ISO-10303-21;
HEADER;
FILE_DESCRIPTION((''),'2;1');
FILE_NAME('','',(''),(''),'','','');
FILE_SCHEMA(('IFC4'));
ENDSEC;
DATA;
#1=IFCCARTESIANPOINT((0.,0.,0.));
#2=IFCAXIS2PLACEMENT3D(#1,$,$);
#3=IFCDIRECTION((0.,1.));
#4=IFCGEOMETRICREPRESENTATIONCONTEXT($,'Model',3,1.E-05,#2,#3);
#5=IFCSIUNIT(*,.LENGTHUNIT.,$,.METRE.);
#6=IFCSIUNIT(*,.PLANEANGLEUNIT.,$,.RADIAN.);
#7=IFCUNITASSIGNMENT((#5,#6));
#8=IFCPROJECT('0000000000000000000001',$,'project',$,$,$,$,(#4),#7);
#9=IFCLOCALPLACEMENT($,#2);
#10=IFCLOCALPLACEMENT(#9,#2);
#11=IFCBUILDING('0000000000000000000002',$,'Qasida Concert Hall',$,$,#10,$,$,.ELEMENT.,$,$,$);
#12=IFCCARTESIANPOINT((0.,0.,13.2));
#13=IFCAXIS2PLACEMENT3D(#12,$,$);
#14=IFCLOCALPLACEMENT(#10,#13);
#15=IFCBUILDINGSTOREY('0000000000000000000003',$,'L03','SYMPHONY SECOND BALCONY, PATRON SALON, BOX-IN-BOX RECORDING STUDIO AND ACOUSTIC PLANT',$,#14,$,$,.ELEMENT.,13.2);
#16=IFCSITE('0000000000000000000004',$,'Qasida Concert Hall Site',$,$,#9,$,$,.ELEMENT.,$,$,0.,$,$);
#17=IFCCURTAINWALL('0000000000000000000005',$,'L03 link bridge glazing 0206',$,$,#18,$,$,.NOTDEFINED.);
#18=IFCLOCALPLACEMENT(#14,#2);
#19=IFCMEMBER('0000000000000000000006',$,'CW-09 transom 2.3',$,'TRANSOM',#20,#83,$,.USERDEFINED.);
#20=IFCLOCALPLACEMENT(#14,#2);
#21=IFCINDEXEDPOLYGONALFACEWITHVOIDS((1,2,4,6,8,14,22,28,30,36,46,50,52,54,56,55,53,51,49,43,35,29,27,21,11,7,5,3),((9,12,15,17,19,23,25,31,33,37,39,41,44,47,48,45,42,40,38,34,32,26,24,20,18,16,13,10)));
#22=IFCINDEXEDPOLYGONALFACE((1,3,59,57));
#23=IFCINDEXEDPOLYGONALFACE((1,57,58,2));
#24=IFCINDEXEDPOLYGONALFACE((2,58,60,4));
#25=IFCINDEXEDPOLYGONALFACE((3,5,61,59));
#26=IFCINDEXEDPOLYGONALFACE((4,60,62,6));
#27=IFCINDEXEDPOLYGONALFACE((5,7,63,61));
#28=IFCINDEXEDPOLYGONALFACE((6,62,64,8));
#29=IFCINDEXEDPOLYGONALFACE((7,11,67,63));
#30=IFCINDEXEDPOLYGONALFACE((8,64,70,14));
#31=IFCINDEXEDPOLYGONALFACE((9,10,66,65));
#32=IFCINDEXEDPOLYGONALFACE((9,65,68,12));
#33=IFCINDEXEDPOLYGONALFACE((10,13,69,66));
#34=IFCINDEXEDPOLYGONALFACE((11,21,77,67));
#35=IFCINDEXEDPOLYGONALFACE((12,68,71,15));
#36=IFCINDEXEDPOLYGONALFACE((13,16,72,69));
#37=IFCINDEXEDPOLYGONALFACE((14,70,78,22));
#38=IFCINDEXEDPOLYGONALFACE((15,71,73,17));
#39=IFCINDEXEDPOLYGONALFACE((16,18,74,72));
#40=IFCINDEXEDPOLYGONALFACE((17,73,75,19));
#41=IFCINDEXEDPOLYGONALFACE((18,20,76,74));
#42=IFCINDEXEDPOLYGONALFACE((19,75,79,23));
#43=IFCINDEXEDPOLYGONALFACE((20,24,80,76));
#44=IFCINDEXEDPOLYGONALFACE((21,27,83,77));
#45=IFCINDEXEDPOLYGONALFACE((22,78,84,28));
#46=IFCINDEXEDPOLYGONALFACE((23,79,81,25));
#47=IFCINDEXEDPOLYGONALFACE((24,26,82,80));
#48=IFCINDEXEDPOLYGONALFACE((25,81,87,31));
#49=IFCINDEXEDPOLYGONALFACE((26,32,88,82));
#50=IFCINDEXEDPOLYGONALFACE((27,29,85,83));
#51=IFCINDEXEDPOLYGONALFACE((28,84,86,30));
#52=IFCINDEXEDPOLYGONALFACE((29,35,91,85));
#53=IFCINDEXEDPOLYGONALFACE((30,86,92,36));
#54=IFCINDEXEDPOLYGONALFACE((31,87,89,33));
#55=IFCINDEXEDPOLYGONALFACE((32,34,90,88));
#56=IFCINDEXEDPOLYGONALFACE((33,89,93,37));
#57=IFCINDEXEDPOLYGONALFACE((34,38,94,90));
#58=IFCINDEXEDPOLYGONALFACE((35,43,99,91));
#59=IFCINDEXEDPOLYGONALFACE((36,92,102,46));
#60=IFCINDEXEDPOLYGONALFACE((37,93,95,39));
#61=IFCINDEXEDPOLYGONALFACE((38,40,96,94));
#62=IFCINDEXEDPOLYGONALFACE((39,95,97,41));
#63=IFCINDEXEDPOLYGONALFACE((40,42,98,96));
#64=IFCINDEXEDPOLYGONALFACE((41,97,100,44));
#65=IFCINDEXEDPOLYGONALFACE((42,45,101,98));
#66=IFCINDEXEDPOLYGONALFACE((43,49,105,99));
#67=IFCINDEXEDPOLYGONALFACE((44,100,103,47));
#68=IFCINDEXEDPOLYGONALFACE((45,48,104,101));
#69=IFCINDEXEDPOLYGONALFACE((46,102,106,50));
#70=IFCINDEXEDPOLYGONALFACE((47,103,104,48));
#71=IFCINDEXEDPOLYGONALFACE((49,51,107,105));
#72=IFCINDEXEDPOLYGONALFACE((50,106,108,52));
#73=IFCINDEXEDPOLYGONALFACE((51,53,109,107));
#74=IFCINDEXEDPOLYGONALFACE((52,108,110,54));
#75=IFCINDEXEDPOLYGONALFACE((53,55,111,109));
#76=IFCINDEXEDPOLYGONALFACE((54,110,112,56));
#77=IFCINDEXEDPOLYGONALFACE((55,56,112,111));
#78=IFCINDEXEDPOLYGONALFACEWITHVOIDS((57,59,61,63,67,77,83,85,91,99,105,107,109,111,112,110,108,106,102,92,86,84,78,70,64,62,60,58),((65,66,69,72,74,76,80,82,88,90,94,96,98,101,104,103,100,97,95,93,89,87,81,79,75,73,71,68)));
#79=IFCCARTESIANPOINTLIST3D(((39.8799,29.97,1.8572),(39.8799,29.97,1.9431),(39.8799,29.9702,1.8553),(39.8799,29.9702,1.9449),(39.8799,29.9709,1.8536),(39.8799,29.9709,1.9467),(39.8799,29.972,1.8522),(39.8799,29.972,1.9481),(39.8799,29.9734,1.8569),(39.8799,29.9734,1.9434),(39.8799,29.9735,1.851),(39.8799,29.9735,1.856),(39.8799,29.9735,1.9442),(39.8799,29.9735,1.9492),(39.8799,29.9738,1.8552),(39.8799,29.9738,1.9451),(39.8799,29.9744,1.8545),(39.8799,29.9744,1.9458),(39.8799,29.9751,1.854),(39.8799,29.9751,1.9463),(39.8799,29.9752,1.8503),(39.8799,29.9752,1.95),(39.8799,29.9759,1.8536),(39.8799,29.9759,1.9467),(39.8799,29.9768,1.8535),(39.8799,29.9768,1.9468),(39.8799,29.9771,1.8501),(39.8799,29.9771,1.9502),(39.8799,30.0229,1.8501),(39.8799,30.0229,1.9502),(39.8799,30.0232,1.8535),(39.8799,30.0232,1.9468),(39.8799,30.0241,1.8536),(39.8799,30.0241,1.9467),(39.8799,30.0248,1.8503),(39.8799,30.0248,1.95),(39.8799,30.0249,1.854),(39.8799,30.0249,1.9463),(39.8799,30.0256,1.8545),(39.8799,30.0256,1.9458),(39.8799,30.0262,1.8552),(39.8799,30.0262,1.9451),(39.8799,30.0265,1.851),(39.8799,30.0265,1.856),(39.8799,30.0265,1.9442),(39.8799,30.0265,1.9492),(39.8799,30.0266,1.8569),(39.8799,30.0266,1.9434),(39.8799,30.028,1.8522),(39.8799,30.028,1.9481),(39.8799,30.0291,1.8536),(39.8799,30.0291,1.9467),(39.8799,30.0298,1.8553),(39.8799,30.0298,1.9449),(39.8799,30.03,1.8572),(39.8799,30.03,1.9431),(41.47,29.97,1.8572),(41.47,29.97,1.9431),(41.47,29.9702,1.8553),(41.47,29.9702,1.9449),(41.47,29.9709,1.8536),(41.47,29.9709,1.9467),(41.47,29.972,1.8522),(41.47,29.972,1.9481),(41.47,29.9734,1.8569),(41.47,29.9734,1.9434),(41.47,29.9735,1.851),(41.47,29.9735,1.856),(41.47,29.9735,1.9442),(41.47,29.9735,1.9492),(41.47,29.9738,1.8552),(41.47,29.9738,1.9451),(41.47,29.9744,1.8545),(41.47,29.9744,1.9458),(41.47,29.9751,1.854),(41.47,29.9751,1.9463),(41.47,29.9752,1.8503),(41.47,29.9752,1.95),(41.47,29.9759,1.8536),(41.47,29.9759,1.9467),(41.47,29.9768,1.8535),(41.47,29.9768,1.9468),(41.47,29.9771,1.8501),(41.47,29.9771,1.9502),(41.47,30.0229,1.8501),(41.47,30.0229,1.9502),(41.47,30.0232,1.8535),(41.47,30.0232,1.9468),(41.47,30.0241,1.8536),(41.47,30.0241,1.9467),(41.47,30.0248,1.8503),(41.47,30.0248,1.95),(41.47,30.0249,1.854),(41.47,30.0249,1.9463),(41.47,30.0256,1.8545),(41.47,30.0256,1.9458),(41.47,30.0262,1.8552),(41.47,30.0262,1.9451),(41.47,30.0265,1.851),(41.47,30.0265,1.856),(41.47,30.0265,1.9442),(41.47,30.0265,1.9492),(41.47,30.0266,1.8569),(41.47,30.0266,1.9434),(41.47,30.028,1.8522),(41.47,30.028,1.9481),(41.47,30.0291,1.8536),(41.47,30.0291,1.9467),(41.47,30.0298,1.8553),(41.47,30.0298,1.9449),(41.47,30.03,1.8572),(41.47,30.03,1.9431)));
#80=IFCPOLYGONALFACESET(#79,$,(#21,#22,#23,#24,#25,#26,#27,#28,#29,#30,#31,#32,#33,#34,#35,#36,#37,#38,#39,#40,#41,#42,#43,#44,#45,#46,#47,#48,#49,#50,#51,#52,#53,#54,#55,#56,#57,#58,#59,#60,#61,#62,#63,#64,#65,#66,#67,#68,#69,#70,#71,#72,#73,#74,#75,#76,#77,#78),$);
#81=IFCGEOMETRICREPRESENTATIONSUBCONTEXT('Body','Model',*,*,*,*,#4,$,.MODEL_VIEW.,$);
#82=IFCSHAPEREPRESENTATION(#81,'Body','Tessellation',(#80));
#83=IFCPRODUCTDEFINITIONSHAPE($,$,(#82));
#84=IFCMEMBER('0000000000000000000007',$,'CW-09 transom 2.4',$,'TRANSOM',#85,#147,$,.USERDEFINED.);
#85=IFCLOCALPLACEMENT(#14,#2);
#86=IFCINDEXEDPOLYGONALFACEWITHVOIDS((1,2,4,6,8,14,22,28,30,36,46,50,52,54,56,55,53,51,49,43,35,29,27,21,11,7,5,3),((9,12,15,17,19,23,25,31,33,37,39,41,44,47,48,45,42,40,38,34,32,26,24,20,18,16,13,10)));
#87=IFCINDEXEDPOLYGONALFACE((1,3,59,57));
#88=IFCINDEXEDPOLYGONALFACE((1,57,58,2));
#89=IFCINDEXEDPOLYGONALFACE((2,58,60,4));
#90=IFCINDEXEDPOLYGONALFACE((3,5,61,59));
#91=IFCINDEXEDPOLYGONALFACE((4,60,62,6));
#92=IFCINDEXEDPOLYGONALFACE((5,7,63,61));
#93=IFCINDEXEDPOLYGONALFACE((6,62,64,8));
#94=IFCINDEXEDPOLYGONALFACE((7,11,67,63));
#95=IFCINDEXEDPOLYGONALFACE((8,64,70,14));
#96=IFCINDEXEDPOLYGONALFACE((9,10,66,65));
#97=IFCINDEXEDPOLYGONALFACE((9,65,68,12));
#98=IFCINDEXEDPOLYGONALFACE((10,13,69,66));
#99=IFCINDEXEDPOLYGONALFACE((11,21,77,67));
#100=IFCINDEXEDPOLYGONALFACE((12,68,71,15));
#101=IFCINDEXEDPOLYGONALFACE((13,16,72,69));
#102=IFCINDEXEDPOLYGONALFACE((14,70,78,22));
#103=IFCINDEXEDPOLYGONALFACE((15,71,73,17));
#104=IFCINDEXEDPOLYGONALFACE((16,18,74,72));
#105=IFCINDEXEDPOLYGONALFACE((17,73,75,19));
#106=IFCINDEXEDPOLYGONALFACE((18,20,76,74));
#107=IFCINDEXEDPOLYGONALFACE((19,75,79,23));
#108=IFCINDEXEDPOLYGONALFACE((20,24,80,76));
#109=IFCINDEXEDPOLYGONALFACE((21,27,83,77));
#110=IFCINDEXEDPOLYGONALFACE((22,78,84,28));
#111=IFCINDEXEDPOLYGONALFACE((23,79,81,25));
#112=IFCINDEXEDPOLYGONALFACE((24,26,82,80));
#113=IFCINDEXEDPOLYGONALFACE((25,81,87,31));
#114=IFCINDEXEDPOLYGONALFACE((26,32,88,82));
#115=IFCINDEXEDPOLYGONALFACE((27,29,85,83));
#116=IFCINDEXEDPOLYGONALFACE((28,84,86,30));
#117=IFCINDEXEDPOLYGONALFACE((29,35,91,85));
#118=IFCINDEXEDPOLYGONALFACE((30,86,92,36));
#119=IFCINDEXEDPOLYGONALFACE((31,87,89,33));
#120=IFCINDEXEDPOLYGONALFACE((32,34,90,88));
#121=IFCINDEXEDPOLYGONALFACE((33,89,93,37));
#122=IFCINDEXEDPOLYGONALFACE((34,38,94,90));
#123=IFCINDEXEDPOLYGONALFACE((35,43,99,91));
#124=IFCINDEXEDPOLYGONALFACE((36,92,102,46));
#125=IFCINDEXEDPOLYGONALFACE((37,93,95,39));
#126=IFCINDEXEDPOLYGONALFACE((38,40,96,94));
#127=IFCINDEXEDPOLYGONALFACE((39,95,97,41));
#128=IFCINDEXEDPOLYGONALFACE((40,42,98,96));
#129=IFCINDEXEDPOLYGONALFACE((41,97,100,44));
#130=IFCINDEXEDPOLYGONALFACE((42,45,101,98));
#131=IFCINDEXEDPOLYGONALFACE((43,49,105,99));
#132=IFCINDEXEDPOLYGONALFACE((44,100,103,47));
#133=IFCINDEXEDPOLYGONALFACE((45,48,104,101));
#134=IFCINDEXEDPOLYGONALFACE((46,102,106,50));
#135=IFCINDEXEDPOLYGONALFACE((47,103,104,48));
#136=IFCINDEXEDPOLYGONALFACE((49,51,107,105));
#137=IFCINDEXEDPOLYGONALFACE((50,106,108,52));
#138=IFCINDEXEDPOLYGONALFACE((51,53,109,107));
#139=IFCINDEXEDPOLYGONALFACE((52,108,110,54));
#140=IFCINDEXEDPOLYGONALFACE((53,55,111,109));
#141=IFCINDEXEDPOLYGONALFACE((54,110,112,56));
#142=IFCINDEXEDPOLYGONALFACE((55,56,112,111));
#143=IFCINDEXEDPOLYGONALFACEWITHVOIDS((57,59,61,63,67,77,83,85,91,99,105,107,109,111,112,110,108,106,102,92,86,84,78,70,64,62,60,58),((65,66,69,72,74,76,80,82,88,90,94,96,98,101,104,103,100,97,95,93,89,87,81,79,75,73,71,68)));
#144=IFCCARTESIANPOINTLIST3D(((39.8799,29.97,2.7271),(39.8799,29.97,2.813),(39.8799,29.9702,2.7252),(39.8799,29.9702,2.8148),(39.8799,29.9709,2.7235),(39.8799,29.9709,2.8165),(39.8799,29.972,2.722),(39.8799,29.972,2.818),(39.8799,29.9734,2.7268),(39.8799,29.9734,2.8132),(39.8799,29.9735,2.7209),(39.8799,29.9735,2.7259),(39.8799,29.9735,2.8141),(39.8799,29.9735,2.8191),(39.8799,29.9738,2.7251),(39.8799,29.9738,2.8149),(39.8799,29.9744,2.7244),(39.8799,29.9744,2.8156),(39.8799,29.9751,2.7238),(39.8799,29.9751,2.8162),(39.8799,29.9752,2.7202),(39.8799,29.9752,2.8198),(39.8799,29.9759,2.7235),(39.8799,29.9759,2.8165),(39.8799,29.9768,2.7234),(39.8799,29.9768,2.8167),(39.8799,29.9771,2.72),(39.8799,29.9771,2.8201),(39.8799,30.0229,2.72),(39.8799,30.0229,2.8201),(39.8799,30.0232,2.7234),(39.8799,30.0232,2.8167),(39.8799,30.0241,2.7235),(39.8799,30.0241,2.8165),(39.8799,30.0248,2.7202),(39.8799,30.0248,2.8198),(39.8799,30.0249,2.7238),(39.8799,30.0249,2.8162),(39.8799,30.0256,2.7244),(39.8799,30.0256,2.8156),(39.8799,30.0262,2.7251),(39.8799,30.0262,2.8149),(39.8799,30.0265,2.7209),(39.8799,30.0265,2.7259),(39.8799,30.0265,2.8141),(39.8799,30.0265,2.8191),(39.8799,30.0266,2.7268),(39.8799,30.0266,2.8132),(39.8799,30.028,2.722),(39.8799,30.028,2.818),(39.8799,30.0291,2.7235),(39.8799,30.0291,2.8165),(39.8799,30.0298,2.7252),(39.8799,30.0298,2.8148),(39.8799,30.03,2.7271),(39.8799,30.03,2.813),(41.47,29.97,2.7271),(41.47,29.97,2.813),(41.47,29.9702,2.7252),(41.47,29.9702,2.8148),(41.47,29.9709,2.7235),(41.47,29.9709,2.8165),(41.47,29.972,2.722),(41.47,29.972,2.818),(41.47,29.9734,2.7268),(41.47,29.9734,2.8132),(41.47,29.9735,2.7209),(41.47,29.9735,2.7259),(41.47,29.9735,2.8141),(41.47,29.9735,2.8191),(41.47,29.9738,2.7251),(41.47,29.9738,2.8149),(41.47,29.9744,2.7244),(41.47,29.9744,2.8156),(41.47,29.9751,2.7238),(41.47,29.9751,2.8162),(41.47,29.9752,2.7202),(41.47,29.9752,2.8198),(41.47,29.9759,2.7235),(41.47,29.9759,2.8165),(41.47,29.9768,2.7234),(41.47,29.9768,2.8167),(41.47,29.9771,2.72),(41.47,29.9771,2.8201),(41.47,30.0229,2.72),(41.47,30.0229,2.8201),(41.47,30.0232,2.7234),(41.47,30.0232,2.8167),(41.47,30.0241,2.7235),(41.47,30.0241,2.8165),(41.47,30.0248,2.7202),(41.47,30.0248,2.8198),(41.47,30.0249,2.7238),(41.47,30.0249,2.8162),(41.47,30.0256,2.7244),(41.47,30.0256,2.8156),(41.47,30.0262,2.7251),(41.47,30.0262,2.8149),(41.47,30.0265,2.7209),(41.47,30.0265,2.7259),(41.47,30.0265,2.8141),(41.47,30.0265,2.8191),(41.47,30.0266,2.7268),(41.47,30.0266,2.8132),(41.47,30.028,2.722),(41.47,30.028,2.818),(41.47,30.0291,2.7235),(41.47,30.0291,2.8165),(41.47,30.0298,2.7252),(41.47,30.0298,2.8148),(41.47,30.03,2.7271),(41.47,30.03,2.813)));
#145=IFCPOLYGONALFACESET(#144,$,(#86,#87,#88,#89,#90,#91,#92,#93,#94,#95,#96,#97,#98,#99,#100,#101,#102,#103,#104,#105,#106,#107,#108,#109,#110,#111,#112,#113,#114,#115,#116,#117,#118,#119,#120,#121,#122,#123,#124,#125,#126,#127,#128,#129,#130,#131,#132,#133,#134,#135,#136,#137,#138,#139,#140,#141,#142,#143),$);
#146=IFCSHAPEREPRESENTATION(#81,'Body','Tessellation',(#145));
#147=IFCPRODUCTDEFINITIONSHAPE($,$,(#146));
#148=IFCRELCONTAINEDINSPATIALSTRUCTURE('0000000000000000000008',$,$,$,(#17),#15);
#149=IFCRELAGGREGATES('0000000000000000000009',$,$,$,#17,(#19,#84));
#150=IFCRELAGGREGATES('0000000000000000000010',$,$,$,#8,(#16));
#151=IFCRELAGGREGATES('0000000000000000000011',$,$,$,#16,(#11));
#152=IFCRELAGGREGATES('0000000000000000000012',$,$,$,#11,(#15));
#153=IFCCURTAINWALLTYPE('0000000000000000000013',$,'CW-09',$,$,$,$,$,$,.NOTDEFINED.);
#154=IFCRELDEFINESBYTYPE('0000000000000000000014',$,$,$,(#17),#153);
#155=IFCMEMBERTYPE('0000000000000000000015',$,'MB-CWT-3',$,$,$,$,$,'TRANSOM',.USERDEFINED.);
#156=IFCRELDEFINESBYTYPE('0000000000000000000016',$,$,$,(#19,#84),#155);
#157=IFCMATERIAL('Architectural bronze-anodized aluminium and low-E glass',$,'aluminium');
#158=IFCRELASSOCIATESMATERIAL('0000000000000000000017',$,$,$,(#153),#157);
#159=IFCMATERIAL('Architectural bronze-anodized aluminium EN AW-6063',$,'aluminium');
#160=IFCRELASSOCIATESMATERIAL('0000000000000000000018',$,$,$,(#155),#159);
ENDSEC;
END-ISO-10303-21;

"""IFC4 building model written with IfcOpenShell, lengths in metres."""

from ifc_helpers import new_model, si_unit, direction, frame, origin, origin_2d, place, context, subcontext, project, spatial, hollow_rectangle, extrude, material, material_profile, profile_set, type_object, element, aggregate, save


model = new_model("IFC4")

# Units and contexts
model_context = context("Model", 3, precision=1e-05, world=origin(), true_north=direction((0.0, 1.0)))
body_context = subcontext(model_context, "Body", "Model", "MODEL_VIEW")
ifc_project = project(units=[si_unit("LENGTHUNIT", "METRE"), si_unit("PLANEANGLEUNIT", "RADIAN")], contexts=[model_context])

# Site, building, storey
site_placement = place(None, origin())
site = spatial("IfcSite", under=ifc_project, at=site_placement, Name="Qasida Concert Hall Site", CompositionType="ELEMENT", RefElevation=0.0)
building_placement = place(site_placement, origin())
building = spatial("IfcBuilding", under=site, at=building_placement, Name="Qasida Concert Hall", CompositionType="ELEMENT")
storey_placement = place(building_placement, frame((0.0, 0.0, 13.2)))
storey = spatial("IfcBuildingStorey", under=building, at=storey_placement, Name="L03", Description="SYMPHONY SECOND BALCONY, PATRON SALON, BOX-IN-BOX RECORDING STUDIO AND ACOUSTIC PLANT", CompositionType="ELEMENT", Elevation=13.2)

# Curtain wall
ifc_material_1 = material(Name="Architectural bronze-anodized aluminium and low-E glass", Category="aluminium")
curtain_wall_type = type_object("IfcCurtainWallType", Name="CW-09", PredefinedType="NOTDEFINED", material=ifc_material_1)
ifc_material_2 = material(Name="Architectural bronze-anodized aluminium EN AW-6063", Category="aluminium")
curtain_wall_1_placement = place(storey_placement, origin())
curtain_wall_1 = element("IfcCurtainWall", 1, at=curtain_wall_1_placement, inside=storey, type_object=curtain_wall_type, Name="L03 link bridge glazing 0206", PredefinedType="NOTDEFINED")

# Members
ifc_material_profile_1 = material_profile(ifc_material_2, hollow_rectangle(XDim=0.0601, YDim=0.1001, WallThickness=0.0034, InnerFilletRadius=0.0034, OuterFilletRadius=0.0071, at=origin_2d()), Name="CWT 100x60x3.5")
ifc_profile_set_1 = profile_set([ifc_material_profile_1], Name="Architectural bronze-anodized aluminium EN AW-6063")
member_type_1 = type_object("IfcMemberType", Name="MB-CWT-3", ElementType="TRANSOM", PredefinedType="USERDEFINED", material=ifc_profile_set_1)
member_1_placement = place(storey_placement, frame((39.8799, 30.0, 1.9001), z_axis=(1.0, 0.0, 0.0), x_axis=(0.0, 1.0, 0.0)))
member_1 = element("IfcMember", 2, at=member_1_placement, type_object=member_type_1, Name="CW-09 transom 2.3", ObjectType="TRANSOM", PredefinedType="USERDEFINED", context=body_context, shape_type="SweptSolid", body=[
    extrude(hollow_rectangle(XDim=0.0601, YDim=0.1001, WallThickness=0.0034, InnerFilletRadius=0.0034, OuterFilletRadius=0.0071, at=origin_2d()), origin(), (0.0, 0.0, 1.0), 1.5901),
])
member_2_placement = place(storey_placement, frame((39.8799, 30.0, 2.77), z_axis=(1.0, 0.0, 0.0), x_axis=(0.0, 1.0, 0.0)))
member_2 = element("IfcMember", 3, at=member_2_placement, type_object=member_type_1, Name="CW-09 transom 2.4", ObjectType="TRANSOM", PredefinedType="USERDEFINED", context=body_context, shape_type="SweptSolid", body=[
    extrude(hollow_rectangle(XDim=0.0601, YDim=0.1001, WallThickness=0.0034, InnerFilletRadius=0.0034, OuterFilletRadius=0.0071, at=origin_2d()), origin(), (0.0, 0.0, 1.0), 1.5901),
])

aggregate(curtain_wall_1, [member_1, member_2])

save(model, "model.ifc")
